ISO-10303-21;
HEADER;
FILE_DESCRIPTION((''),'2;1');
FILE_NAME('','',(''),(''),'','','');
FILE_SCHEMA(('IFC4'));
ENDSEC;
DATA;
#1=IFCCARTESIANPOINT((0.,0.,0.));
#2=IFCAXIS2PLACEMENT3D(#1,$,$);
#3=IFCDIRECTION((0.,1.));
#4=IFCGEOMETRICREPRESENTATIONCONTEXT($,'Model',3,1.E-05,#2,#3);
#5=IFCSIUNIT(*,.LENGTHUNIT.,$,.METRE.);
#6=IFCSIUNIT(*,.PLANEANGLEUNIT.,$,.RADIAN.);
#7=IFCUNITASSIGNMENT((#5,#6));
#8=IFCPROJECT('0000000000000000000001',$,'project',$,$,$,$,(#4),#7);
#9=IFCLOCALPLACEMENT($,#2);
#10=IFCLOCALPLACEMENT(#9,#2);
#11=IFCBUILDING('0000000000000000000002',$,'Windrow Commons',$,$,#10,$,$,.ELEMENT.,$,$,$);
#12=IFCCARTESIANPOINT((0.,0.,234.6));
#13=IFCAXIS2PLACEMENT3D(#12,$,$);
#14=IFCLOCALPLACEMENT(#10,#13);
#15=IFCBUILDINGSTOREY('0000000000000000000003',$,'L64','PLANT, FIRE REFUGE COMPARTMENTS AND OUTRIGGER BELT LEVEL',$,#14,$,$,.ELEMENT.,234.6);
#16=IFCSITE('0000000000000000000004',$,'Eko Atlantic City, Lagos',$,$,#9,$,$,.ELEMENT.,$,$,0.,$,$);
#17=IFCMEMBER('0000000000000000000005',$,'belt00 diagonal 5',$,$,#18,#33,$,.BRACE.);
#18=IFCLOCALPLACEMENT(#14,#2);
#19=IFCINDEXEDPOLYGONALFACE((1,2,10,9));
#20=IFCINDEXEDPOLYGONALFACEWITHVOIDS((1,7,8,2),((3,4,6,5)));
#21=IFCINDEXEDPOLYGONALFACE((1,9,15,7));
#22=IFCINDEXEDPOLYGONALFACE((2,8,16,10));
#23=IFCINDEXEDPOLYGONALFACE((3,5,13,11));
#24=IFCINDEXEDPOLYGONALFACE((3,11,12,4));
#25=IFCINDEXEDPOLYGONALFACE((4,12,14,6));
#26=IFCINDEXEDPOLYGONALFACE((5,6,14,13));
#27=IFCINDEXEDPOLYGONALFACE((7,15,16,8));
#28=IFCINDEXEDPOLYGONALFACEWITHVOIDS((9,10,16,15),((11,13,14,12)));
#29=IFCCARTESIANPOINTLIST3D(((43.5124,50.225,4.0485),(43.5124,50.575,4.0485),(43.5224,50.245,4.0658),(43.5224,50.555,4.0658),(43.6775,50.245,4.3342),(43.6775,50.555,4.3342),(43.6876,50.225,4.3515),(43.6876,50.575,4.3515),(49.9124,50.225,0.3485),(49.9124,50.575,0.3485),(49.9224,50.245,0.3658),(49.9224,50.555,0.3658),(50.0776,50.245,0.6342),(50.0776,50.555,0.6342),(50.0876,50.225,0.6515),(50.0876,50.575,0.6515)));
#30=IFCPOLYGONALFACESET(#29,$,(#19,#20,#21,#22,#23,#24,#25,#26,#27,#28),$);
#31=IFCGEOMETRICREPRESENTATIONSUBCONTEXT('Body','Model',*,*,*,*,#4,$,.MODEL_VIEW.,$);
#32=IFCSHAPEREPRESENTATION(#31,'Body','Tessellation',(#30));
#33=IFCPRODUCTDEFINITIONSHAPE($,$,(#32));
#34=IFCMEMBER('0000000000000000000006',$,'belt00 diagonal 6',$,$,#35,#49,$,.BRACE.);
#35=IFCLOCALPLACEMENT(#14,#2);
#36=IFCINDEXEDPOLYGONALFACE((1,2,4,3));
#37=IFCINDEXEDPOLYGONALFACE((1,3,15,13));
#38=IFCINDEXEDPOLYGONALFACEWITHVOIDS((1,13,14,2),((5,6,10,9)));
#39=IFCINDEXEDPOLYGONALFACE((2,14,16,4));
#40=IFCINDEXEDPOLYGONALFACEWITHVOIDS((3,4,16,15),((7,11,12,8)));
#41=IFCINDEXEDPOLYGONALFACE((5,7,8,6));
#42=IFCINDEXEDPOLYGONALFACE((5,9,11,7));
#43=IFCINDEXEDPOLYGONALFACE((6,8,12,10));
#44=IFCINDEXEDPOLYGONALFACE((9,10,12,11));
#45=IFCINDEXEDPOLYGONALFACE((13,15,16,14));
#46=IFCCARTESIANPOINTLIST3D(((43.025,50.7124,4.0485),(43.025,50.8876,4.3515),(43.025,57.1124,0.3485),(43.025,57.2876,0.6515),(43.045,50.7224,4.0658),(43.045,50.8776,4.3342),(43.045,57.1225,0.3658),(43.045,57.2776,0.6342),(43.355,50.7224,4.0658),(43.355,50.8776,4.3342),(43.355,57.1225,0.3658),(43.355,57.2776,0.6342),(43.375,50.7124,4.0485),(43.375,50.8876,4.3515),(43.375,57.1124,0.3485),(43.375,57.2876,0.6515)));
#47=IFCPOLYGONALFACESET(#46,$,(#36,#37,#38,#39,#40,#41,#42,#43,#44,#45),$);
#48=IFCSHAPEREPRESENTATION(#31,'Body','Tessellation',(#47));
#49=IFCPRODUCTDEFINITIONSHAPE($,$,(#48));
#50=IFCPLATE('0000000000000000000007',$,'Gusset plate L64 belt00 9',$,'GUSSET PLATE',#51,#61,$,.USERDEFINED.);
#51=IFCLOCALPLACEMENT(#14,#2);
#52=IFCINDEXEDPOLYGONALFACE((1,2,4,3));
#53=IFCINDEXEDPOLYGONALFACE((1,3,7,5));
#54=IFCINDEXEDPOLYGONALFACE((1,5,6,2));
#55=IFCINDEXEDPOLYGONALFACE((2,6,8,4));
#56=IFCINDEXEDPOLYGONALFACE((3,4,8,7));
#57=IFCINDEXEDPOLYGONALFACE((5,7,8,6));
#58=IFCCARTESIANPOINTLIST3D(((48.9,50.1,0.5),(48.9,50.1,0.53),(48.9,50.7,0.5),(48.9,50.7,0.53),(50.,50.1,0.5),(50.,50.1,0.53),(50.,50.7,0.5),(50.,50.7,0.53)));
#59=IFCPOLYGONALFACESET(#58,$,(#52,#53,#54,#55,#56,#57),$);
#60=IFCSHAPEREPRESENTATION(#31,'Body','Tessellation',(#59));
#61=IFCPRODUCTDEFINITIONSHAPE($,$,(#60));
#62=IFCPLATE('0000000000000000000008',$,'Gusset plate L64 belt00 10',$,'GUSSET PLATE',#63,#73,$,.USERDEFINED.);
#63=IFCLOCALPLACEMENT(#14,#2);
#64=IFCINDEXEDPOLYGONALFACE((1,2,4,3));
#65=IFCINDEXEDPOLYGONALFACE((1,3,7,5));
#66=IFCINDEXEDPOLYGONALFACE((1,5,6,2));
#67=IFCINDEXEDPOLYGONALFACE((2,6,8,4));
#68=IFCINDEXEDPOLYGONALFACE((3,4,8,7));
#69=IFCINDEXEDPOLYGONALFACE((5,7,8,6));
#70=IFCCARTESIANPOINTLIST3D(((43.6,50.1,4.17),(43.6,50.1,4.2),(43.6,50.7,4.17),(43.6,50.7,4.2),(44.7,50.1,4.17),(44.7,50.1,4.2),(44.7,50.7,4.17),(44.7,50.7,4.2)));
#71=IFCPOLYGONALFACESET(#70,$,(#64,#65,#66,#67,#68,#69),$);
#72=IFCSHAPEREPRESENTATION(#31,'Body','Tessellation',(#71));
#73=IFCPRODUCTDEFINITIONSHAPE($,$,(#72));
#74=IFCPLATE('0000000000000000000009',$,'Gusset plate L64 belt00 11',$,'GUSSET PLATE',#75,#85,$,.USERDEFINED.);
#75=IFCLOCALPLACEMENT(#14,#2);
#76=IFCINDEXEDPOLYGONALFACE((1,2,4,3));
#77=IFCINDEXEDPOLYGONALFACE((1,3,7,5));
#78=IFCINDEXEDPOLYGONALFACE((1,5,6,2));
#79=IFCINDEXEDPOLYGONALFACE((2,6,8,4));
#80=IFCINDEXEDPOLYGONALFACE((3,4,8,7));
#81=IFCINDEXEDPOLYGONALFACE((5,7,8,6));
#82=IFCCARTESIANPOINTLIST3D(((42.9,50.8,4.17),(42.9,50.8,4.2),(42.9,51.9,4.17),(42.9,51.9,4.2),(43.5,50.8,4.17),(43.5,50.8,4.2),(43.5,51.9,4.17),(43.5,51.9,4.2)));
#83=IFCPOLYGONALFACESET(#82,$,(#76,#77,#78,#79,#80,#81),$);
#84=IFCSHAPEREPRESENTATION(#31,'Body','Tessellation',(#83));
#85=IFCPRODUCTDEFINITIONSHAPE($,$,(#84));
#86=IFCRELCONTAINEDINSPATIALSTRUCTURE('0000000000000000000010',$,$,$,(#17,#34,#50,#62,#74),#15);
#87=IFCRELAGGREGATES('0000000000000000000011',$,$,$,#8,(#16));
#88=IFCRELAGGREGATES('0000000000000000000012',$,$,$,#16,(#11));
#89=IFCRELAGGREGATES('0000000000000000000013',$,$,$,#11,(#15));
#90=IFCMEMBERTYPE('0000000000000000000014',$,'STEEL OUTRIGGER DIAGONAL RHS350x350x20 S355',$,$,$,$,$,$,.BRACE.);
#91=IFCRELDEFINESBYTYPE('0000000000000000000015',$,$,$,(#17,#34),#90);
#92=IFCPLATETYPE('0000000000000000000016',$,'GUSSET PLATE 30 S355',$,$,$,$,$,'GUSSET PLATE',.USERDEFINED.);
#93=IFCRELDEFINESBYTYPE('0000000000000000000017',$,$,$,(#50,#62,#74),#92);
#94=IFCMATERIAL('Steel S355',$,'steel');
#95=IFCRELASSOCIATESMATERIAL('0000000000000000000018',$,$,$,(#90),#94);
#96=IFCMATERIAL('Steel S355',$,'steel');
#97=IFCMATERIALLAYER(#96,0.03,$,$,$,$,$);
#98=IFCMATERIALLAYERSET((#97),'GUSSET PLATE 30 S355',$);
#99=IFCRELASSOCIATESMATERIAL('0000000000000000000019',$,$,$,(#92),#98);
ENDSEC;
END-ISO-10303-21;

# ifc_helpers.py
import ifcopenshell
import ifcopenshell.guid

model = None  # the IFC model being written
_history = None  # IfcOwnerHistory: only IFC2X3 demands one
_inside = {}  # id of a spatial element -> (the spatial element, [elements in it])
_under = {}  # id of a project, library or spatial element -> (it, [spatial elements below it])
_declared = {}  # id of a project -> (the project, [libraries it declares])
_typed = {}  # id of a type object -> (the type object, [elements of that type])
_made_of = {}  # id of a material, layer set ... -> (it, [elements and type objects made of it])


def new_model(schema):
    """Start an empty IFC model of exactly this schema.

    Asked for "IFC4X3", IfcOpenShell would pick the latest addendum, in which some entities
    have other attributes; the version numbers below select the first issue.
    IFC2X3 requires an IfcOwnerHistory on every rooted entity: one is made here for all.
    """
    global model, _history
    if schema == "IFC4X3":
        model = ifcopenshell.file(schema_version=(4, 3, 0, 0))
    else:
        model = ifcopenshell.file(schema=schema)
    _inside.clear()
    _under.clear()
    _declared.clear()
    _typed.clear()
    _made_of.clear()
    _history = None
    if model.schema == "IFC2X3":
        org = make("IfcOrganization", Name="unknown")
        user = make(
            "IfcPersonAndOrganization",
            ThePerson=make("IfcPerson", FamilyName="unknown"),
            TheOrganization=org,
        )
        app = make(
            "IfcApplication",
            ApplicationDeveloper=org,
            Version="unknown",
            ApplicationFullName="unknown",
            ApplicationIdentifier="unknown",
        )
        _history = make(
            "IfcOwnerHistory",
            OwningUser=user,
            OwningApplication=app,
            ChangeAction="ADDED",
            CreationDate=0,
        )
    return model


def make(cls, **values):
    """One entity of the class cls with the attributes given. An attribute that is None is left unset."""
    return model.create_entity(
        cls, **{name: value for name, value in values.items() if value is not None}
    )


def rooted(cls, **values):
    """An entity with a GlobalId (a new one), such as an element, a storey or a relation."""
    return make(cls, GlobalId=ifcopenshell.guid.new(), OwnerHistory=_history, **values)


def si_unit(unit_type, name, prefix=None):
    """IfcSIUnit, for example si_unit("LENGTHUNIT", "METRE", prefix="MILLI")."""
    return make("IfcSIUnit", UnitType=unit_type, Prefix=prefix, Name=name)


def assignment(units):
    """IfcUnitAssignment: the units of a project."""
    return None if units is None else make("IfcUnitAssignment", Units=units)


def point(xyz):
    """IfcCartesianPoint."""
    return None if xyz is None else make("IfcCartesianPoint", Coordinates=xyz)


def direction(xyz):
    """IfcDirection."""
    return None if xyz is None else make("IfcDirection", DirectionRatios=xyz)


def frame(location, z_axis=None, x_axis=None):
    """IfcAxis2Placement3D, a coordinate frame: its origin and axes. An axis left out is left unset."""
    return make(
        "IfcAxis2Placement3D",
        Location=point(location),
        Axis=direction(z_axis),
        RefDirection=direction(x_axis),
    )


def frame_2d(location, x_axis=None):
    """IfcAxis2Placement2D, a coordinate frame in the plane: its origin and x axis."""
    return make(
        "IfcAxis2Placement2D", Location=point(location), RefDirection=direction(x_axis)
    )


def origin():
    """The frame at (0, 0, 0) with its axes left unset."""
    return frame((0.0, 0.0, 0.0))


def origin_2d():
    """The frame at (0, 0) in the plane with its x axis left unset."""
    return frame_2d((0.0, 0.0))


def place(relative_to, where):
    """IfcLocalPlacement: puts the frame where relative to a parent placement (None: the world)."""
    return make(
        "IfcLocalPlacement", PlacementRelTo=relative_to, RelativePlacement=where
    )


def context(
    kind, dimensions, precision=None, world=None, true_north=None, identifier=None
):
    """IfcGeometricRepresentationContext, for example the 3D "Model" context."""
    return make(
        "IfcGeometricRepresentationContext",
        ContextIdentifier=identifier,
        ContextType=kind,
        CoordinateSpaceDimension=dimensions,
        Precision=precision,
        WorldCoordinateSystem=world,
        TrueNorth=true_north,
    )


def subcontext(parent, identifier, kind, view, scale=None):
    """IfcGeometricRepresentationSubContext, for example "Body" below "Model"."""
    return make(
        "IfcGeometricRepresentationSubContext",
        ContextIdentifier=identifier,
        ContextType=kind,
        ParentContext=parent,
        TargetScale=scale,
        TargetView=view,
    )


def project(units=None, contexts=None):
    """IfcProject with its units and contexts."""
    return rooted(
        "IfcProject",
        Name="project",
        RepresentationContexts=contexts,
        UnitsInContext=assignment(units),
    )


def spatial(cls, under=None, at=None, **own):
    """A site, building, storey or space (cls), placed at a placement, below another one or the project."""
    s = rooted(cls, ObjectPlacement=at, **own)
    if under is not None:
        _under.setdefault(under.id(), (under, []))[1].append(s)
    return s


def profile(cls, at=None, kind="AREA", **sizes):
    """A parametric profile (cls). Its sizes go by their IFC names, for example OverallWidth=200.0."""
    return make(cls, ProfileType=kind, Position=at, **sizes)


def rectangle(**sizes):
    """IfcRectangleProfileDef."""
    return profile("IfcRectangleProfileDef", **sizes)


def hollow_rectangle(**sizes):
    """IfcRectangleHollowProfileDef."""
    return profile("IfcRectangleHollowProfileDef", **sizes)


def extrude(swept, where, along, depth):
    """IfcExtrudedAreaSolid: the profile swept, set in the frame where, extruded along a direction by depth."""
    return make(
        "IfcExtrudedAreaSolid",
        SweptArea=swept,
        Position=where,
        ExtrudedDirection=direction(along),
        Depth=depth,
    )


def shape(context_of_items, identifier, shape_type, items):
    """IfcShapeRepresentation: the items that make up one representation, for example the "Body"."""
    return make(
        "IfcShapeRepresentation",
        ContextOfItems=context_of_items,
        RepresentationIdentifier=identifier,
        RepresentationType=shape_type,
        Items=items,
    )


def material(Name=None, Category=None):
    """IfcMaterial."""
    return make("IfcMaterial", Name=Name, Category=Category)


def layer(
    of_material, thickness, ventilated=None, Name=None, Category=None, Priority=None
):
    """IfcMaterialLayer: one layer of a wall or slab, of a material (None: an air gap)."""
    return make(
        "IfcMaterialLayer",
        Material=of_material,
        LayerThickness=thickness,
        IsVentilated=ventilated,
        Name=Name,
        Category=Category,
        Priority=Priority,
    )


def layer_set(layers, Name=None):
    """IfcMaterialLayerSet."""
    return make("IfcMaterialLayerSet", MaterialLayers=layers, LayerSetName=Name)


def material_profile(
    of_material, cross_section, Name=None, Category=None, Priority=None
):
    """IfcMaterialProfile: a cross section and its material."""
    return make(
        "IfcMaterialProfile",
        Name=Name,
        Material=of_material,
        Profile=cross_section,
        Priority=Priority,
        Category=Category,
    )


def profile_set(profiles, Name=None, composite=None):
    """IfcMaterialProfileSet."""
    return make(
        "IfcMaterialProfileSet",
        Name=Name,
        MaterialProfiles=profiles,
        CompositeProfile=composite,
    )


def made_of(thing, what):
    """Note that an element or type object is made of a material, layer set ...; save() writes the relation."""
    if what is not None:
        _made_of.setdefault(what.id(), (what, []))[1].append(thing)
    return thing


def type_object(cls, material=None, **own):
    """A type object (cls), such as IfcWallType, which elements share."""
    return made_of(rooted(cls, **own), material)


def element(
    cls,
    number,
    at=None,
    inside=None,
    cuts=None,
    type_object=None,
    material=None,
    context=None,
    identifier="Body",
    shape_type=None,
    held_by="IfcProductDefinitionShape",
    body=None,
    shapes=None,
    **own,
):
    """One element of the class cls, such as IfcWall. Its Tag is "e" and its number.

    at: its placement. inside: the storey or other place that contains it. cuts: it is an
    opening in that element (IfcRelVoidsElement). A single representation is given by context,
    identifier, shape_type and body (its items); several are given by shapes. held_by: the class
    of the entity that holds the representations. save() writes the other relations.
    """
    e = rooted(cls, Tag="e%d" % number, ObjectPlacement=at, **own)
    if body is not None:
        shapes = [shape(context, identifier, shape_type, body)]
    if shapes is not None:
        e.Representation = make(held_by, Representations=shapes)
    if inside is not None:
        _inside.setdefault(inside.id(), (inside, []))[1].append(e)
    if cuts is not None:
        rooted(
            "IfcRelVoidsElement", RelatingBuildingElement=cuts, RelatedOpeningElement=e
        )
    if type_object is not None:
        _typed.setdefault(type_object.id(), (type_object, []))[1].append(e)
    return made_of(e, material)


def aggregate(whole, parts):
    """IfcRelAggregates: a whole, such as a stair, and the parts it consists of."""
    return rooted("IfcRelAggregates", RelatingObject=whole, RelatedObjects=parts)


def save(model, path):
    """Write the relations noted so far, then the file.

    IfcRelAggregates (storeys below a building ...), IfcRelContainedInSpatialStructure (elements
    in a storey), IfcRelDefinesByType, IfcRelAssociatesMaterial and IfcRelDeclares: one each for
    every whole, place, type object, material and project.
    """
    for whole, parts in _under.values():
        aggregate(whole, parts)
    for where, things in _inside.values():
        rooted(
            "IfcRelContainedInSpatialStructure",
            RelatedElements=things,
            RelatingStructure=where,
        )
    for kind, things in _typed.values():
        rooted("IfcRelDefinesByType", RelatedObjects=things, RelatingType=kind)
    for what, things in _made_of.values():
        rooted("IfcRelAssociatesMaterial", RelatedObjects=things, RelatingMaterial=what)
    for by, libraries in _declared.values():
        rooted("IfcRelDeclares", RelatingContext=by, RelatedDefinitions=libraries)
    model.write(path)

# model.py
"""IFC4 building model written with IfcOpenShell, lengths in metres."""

from ifc_helpers import new_model, si_unit, direction, frame, origin, origin_2d, place, context, subcontext, project, spatial, rectangle, hollow_rectangle, extrude, material, layer, layer_set, material_profile, profile_set, type_object, element, save


model = new_model("IFC4")

# Units and contexts
model_context = context("Model", 3, precision=1e-05, world=origin(), true_north=direction((0.0, 1.0)))
body_context = subcontext(model_context, "Body", "Model", "MODEL_VIEW")
ifc_project = project(units=[si_unit("LENGTHUNIT", "METRE"), si_unit("PLANEANGLEUNIT", "RADIAN")], contexts=[model_context])

# Site, building, storey
site_placement = place(None, origin())
site = spatial("IfcSite", under=ifc_project, at=site_placement, Name="Eko Atlantic City, Lagos", CompositionType="ELEMENT", RefElevation=0.0)
building_placement = place(site_placement, origin())
building = spatial("IfcBuilding", under=site, at=building_placement, Name="Windrow Commons", CompositionType="ELEMENT")
storey_placement = place(building_placement, frame((0.0, 0.0, 234.6)))
storey = spatial("IfcBuildingStorey", under=building, at=storey_placement, Name="L64", Description="PLANT, FIRE REFUGE COMPARTMENTS AND OUTRIGGER BELT LEVEL", CompositionType="ELEMENT", Elevation=234.6)

# Members
ifc_material_1 = material(Name="Steel S355", Category="steel")
ifc_material_profile_1 = material_profile(ifc_material_1, hollow_rectangle(XDim=0.35, YDim=0.35, WallThickness=0.02, at=origin_2d()))
ifc_profile_set_1 = profile_set([ifc_material_profile_1], Name="Steel S355")
member_type_1 = type_object("IfcMemberType", Name="STEEL OUTRIGGER DIAGONAL RHS350x350x20 S355", PredefinedType="BRACE", material=ifc_profile_set_1)
for number, where, z_axis, x_axis, name in (
    (1, (50.0, 50.4, 0.5), (-0.865735, 0.0, 0.500503), (0.0, -1.0, 0.0), "belt00 diagonal 5"),
    (2, (43.2, 50.8, 4.2), (0.0, 0.865735, -0.500503), (-1.0, 0.0, 0.0), "belt00 diagonal 6"),
):
    element("IfcMember", number, at=place(storey_placement, frame(where, z_axis=z_axis, x_axis=x_axis)), inside=storey, type_object=member_type_1, Name=name, PredefinedType="BRACE", context=body_context, shape_type="SweptSolid", body=[
        extrude(hollow_rectangle(XDim=0.35, YDim=0.35, WallThickness=0.02, at=origin_2d()), origin(), (0.0, 0.0, 1.0), 7.3926),
    ])

# Plates
ifc_material_2 = material(Name="Steel S355", Category="steel")
ifc_layer = layer(ifc_material_2, 0.03)
ifc_layer_set = layer_set([ifc_layer], Name="GUSSET PLATE 30 S355")
plate_type = type_object("IfcPlateType", Name="GUSSET PLATE 30 S355", ElementType="GUSSET PLATE", PredefinedType="USERDEFINED", material=ifc_layer_set)
for number, where, z_axis, x_axis, name in (
    (3, (49.45, 50.4, 0.5), (0.0, 0.0, 1.0), (-1.0, 0.0, 0.0), "Gusset plate L64 belt00 9"),
    (4, (44.15, 50.4, 4.17), (0.0, 0.0, 1.0), (-1.0, 0.0, 0.0), "Gusset plate L64 belt00 10"),
    (5, (43.2, 51.35, 4.17), (0.0, 0.0, 1.0), (0.0, 1.0, 0.0), "Gusset plate L64 belt00 11"),
):
    element("IfcPlate", number, at=place(storey_placement, frame(where, z_axis=z_axis, x_axis=x_axis)), inside=storey, type_object=plate_type, Name=name, ObjectType="GUSSET PLATE", PredefinedType="USERDEFINED", context=body_context, shape_type="SweptSolid", body=[
        extrude(rectangle(XDim=1.1, YDim=0.6, at=origin_2d()), origin(), (0.0, 0.0, 1.0), 0.03),
    ])

save(model, "model.ifc")
